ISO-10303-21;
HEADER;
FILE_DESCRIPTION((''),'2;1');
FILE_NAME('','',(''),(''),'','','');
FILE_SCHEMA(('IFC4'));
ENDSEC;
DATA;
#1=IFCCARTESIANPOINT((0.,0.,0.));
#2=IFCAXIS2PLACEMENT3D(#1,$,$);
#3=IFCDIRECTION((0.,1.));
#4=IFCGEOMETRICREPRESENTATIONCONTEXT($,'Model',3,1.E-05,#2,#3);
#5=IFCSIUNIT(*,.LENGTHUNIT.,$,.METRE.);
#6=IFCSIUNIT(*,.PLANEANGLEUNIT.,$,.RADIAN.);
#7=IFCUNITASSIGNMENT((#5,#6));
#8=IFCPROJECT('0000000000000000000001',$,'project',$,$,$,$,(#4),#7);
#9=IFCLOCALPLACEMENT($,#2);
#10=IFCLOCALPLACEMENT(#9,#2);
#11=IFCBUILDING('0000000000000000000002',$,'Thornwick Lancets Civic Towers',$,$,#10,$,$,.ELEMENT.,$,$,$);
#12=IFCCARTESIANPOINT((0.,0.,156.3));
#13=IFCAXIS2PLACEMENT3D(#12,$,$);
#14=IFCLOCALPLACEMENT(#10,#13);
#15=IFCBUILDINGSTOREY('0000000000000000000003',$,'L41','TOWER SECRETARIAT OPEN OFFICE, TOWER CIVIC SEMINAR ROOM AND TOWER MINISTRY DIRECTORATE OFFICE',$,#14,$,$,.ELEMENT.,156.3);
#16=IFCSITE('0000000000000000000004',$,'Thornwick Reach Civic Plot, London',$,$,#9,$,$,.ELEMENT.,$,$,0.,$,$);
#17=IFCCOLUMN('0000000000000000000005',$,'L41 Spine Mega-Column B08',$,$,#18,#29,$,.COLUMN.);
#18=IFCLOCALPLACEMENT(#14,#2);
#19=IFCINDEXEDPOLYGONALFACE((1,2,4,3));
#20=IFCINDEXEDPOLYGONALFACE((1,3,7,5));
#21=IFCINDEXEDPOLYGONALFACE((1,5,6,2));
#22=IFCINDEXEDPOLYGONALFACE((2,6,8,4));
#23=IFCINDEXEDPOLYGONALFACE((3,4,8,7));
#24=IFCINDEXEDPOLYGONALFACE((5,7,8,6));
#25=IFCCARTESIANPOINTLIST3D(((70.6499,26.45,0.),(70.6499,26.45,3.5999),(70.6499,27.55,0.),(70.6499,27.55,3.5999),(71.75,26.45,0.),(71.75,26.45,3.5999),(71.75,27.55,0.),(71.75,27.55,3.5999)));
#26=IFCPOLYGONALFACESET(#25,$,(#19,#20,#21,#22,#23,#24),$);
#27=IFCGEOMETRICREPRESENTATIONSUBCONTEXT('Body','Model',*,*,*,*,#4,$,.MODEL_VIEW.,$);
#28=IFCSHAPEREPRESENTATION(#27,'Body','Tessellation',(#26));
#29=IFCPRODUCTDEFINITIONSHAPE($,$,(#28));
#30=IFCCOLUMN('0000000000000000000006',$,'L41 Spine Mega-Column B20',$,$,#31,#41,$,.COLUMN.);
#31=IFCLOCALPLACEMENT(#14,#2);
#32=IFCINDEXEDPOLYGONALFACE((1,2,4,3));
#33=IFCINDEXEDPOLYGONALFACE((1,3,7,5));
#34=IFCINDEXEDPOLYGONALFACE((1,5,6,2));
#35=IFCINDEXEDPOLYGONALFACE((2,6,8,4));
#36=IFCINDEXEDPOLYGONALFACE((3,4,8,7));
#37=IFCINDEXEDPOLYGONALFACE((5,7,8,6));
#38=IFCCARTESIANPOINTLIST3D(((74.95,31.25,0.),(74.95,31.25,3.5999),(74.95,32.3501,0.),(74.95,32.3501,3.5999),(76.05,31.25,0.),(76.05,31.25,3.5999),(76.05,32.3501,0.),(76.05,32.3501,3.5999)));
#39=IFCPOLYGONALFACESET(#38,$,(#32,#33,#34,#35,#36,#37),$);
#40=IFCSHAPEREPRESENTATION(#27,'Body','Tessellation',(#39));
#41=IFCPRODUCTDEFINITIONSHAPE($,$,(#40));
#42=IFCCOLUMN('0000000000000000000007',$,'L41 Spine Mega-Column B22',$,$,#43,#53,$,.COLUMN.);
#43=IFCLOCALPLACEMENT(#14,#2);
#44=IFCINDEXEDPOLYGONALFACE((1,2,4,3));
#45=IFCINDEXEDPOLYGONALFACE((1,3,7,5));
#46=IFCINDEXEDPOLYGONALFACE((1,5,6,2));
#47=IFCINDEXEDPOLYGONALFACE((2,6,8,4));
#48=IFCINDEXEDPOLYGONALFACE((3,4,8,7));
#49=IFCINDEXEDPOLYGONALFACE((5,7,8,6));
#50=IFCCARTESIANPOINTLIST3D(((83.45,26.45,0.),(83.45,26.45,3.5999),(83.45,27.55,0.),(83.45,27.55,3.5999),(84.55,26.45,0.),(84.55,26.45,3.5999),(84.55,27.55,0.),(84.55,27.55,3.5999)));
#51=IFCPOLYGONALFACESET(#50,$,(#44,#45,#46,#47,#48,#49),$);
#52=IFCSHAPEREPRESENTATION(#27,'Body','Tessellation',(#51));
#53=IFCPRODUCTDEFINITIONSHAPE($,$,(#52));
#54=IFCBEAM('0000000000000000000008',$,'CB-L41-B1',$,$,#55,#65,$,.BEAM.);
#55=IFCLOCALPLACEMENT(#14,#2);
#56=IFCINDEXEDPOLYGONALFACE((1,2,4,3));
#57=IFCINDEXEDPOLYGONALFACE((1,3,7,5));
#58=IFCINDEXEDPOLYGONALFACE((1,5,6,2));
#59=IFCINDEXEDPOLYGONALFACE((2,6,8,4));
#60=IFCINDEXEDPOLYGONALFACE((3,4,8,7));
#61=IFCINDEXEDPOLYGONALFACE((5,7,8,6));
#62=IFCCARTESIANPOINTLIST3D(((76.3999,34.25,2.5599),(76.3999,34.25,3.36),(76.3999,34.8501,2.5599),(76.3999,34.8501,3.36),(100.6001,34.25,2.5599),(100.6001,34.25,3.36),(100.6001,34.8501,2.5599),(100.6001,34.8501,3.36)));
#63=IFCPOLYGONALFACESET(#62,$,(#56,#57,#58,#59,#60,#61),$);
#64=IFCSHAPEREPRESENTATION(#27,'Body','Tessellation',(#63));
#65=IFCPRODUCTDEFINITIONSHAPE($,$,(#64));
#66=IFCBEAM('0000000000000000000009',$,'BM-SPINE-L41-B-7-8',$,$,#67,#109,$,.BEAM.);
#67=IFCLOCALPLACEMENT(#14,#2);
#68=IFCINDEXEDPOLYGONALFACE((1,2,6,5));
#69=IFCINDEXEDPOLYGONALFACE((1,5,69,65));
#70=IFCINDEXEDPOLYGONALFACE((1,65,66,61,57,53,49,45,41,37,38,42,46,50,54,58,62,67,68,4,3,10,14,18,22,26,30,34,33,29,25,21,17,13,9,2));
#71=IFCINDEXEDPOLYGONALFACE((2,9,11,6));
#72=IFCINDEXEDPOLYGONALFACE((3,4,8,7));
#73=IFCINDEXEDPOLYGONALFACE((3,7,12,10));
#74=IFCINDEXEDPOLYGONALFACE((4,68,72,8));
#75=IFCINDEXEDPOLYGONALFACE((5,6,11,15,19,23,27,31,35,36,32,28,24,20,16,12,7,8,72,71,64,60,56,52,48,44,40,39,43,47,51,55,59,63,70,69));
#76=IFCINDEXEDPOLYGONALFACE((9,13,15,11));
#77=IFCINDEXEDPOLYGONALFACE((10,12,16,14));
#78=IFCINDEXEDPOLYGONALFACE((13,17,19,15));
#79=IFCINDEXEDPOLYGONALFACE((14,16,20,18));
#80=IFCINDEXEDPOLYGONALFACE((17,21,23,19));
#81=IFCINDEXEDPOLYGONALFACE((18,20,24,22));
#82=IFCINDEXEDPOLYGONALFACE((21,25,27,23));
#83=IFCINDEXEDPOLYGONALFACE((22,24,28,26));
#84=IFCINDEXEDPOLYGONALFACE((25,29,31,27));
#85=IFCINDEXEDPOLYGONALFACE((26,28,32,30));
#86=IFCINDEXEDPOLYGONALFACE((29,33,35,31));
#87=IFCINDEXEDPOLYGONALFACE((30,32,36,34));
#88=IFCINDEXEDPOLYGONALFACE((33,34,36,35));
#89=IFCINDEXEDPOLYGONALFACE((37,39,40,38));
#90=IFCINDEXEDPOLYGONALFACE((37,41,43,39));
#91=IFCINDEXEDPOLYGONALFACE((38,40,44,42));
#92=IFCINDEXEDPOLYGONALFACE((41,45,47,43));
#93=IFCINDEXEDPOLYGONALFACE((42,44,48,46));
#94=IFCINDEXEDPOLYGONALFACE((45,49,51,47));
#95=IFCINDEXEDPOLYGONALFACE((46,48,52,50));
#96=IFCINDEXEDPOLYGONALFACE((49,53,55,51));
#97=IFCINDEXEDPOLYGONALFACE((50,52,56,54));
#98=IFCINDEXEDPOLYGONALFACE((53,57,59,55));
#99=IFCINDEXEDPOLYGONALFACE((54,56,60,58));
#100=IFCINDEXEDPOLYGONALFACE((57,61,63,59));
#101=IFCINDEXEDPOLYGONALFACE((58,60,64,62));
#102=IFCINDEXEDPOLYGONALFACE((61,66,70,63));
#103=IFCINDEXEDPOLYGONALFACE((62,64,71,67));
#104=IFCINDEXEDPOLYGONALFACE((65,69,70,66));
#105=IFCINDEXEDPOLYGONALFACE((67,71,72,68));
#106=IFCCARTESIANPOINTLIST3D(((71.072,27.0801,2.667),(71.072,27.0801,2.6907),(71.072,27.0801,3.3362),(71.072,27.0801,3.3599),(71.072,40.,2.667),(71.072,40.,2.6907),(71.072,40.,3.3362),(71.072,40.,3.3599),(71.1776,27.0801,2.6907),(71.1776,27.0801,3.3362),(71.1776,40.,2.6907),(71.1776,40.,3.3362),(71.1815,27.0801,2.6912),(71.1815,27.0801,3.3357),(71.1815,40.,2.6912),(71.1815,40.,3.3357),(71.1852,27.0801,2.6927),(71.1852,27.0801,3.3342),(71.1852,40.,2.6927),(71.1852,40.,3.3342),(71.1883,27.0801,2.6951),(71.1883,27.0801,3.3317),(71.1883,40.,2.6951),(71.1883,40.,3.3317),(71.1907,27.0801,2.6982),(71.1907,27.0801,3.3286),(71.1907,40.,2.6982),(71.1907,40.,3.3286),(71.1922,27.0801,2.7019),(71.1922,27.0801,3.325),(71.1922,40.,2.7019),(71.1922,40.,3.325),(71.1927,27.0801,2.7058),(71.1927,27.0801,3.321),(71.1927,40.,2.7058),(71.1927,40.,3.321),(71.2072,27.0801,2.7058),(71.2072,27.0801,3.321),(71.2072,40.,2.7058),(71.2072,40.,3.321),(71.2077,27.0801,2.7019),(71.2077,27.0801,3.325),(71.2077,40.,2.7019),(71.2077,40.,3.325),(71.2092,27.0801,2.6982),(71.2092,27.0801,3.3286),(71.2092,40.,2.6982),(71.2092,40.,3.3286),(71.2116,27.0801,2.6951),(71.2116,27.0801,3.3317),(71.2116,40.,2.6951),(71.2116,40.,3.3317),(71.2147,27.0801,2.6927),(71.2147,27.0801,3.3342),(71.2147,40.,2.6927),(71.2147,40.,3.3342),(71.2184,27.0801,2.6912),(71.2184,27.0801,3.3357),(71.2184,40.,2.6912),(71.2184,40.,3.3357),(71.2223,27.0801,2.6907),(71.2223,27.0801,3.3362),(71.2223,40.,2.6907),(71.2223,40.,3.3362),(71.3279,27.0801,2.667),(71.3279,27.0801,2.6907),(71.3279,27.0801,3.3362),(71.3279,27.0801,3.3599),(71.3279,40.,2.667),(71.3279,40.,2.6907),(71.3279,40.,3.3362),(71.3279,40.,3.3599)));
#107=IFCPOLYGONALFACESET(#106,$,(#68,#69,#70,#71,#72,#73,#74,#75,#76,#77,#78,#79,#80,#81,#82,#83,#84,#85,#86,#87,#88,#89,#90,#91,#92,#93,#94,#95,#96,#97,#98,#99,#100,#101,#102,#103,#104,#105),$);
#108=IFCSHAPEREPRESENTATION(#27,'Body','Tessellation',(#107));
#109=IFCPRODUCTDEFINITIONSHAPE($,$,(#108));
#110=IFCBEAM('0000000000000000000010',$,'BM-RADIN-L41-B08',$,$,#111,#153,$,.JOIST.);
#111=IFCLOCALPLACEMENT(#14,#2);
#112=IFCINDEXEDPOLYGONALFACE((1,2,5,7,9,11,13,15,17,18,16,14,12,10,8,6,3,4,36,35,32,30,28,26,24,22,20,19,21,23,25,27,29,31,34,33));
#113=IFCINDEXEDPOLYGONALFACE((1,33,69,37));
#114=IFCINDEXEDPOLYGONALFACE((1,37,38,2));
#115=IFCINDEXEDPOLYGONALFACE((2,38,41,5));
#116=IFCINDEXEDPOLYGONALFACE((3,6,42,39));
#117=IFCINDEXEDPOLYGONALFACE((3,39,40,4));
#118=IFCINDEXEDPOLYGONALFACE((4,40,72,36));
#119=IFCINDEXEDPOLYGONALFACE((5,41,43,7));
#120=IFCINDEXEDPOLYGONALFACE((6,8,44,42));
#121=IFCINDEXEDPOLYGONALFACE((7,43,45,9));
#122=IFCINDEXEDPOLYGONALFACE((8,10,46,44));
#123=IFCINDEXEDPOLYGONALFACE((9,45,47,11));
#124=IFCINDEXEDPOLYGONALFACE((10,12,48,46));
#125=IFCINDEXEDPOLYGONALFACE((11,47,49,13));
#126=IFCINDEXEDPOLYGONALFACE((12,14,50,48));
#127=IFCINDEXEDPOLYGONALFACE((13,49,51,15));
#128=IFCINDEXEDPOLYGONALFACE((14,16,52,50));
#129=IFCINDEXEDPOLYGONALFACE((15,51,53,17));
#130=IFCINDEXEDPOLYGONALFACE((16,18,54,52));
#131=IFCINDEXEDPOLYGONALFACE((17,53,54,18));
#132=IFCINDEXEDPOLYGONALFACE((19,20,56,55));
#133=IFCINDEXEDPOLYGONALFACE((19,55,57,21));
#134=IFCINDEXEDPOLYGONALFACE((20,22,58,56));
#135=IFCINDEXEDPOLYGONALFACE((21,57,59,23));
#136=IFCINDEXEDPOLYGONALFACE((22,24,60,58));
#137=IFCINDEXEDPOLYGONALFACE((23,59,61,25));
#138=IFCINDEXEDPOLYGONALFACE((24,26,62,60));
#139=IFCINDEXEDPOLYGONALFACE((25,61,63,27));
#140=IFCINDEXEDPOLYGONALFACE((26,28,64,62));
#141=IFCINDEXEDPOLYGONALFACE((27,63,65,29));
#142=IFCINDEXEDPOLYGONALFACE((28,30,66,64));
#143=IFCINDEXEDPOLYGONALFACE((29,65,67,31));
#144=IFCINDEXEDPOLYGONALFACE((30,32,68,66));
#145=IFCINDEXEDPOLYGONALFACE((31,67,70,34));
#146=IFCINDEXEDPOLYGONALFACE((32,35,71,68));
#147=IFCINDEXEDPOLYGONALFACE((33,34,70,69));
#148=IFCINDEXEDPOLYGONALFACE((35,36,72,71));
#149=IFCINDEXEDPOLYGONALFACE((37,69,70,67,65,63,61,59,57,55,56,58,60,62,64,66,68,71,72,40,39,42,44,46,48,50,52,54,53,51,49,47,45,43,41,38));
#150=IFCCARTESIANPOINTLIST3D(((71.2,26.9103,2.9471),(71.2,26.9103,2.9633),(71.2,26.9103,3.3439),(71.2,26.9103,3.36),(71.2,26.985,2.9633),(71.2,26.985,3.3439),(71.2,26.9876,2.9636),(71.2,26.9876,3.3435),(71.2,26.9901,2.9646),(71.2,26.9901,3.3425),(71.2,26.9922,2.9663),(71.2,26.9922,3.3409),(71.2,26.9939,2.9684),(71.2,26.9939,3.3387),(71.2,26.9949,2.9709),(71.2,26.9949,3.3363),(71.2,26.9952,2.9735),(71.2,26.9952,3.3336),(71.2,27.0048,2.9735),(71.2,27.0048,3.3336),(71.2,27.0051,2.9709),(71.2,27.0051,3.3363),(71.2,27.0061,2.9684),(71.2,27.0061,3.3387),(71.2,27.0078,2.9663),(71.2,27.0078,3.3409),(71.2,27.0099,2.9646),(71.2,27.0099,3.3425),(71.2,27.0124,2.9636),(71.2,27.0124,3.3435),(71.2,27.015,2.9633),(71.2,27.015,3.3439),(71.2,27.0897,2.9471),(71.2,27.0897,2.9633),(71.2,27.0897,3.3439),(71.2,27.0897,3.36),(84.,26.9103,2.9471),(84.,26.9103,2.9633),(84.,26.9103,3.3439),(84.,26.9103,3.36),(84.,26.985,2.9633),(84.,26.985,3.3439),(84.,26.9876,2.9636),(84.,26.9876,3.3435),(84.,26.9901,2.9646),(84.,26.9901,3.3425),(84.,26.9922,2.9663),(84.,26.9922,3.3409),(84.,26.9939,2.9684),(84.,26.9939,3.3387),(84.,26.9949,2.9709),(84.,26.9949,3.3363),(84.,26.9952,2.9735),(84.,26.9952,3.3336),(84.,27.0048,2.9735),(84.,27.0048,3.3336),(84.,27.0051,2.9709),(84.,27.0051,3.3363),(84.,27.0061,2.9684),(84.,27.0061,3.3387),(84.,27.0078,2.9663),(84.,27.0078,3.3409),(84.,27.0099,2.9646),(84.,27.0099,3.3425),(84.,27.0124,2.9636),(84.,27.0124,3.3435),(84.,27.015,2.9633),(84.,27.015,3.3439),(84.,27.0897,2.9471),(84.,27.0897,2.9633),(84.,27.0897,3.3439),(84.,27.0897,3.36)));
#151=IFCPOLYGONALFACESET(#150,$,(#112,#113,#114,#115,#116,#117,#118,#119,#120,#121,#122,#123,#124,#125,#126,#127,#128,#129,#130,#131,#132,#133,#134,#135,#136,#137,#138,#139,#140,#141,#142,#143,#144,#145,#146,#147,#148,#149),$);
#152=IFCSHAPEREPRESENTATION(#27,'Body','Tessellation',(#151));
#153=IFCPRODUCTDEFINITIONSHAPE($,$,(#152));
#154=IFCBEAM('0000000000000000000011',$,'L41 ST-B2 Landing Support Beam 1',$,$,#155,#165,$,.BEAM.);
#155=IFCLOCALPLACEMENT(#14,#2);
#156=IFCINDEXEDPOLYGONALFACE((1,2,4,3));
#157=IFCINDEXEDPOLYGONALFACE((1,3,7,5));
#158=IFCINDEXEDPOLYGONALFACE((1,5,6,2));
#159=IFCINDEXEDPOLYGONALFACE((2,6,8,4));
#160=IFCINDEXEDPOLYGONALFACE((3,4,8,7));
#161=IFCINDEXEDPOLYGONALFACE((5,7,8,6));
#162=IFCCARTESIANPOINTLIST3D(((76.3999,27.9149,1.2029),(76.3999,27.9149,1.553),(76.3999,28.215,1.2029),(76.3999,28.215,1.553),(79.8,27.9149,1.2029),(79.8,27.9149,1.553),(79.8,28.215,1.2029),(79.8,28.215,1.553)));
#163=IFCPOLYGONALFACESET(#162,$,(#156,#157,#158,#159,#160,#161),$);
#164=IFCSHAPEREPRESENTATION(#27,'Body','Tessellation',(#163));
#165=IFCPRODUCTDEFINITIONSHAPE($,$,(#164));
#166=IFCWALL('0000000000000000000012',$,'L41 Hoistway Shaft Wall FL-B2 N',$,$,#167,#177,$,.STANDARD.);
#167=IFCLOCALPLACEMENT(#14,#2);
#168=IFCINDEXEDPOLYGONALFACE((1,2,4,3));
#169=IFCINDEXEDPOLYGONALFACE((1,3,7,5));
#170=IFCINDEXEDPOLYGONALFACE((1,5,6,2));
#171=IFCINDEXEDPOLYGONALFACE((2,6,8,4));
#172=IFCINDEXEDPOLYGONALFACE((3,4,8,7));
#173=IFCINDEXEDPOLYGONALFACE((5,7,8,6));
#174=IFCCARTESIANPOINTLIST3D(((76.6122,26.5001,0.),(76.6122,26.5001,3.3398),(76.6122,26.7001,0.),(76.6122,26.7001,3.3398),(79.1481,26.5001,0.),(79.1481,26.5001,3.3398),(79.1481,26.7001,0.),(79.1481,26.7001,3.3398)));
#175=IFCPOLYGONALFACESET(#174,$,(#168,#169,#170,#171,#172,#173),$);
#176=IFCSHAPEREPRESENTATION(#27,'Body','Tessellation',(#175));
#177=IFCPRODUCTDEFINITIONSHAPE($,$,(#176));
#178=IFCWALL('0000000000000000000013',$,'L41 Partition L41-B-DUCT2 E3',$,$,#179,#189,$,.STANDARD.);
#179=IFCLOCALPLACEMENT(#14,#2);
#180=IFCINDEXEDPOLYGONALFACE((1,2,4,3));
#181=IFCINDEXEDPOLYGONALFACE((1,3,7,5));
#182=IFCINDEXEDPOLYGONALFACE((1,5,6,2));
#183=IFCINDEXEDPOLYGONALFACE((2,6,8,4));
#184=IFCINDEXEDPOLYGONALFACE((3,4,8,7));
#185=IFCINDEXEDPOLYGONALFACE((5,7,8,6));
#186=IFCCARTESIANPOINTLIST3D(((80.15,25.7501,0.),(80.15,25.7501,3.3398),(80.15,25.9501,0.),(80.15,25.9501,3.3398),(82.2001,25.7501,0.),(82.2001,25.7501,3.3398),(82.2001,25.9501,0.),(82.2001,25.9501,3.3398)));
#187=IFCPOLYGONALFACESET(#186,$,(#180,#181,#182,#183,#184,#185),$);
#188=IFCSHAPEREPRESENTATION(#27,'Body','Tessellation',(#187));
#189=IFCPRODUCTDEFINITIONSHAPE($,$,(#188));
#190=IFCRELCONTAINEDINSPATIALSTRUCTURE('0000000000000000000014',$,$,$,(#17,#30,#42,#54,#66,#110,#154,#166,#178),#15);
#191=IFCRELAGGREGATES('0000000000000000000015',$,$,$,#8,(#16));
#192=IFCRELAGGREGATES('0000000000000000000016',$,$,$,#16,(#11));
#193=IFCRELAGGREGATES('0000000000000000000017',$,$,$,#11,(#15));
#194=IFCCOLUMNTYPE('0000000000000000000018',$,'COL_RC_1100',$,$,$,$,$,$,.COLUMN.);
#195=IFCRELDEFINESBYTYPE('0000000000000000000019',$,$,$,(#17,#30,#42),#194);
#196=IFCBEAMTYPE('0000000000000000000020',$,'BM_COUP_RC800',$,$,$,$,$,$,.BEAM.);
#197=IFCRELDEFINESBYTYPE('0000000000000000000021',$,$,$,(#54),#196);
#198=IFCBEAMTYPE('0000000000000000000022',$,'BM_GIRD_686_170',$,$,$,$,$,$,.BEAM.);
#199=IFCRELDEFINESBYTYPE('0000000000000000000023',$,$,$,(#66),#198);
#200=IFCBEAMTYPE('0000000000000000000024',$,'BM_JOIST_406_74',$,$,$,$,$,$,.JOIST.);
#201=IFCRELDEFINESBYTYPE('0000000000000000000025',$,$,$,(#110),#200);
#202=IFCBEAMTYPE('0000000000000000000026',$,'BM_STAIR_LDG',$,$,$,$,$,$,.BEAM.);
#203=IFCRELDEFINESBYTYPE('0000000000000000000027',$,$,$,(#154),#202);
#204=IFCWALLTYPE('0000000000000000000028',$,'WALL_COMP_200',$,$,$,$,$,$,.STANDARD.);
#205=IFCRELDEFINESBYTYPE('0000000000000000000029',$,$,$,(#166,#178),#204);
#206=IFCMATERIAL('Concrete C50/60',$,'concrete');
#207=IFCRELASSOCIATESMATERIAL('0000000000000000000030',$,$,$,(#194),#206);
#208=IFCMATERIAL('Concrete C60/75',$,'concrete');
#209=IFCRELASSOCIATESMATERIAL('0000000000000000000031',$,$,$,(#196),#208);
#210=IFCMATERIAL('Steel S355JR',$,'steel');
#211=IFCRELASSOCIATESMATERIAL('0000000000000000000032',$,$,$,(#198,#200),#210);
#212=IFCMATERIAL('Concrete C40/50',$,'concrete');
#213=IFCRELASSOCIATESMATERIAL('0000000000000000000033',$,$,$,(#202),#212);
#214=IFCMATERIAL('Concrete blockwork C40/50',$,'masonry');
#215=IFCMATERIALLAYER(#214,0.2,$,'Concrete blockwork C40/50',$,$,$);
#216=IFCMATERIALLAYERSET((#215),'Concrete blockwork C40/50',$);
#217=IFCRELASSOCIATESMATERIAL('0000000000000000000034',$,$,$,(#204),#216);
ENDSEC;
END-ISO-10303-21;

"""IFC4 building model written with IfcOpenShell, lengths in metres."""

from ifc_helpers import new_model, si_unit, direction, frame, frame_2d, origin, origin_2d, place, context, subcontext, project, spatial, rectangle, i_section, extrude, material, layer, layer_set, material_profile, profile_set, type_object, element, save


model = new_model("IFC4")

# Units and contexts
model_context = context("Model", 3, precision=1e-05, world=origin(), true_north=direction((0.0, 1.0)))
body_context = subcontext(model_context, "Body", "Model", "MODEL_VIEW")
ifc_project = project(units=[si_unit("LENGTHUNIT", "METRE"), si_unit("PLANEANGLEUNIT", "RADIAN")], contexts=[model_context])

# Site, building, storey
site_placement = place(None, origin())
site = spatial("IfcSite", under=ifc_project, at=site_placement, Name="Thornwick Reach Civic Plot, London", CompositionType="ELEMENT", RefElevation=0.0)
building_placement = place(site_placement, origin())
building = spatial("IfcBuilding", under=site, at=building_placement, Name="Thornwick Lancets Civic Towers", CompositionType="ELEMENT")
storey_placement = place(building_placement, frame((0.0, 0.0, 156.3)))
storey = spatial("IfcBuildingStorey", under=building, at=storey_placement, Name="L41", Description="TOWER SECRETARIAT OPEN OFFICE, TOWER CIVIC SEMINAR ROOM AND TOWER MINISTRY DIRECTORATE OFFICE", CompositionType="ELEMENT", Elevation=156.3)

# Columns
ifc_material_1 = material(Name="Concrete C50/60", Category="concrete")
ifc_material_profile_1 = material_profile(ifc_material_1, rectangle(XDim=1.1001, YDim=1.1001, at=origin_2d()), Name="RC 1100x1100")
ifc_profile_set_1 = profile_set([ifc_material_profile_1], Name="Concrete C50/60")
column_type = type_object("IfcColumnType", Name="COL_RC_1100", PredefinedType="COLUMN", material=ifc_profile_set_1)
for number, where, z_axis, x_axis, name in (
    (1, (71.2, 27.0, 0.0), (0.0, 0.0, 1.0), (1.0, 0.0, 0.0), "L41 Spine Mega-Column B08"),
    (2, (75.5, 31.8, 0.0), (0.0, 0.0, 1.0), (1.0, 0.0, 0.0), "L41 Spine Mega-Column B20"),
    (3, (84.0, 27.0, 0.0), (0.0, 0.0, 1.0), (1.0, 0.0, 0.0), "L41 Spine Mega-Column B22"),
):
    element("IfcColumn", number, at=place(storey_placement, frame(where, z_axis=z_axis, x_axis=x_axis)), inside=storey, type_object=column_type, Name=name, PredefinedType="COLUMN", context=body_context, shape_type="SweptSolid", body=[
        extrude(rectangle(XDim=1.1001, YDim=1.1001, at=origin_2d()), origin(), (0.0, 0.0, 1.0), 3.5999),
    ])

# Beams
ifc_material_2 = material(Name="Concrete C60/75", Category="concrete")
ifc_material_profile_2 = material_profile(ifc_material_2, rectangle(XDim=0.6001, YDim=0.8, at=origin_2d()), Name="RC 600x800")
ifc_profile_set_2 = profile_set([ifc_material_profile_2], Name="Concrete C60/75")
beam_type_1 = type_object("IfcBeamType", Name="BM_COUP_RC800", PredefinedType="BEAM", material=ifc_profile_set_2)
beam_1_placement = place(storey_placement, frame((76.3999, 34.55, 2.96), z_axis=(1.0, 0.0, 0.0), x_axis=(0.0, 1.0, 0.0)))
element("IfcBeam", 4, at=beam_1_placement, inside=storey, type_object=beam_type_1, Name="CB-L41-B1", PredefinedType="BEAM", context=body_context, shape_type="SweptSolid", body=[
    extrude(rectangle(XDim=0.6001, YDim=0.8, at=origin_2d()), origin(), (0.0, 0.0, 1.0), 24.2002),
])
ifc_material_3 = material(Name="Steel S355JR", Category="steel")
ifc_material_profile_3 = material_profile(ifc_material_3, i_section(OverallWidth=0.2559, OverallDepth=0.6929, WebThickness=0.0144, FlangeThickness=0.0237, FilletRadius=0.0151, at=origin_2d()), Name="UKB 686x254x170")
ifc_profile_set_3 = profile_set([ifc_material_profile_3], Name="Steel S355JR")
beam_type_2 = type_object("IfcBeamType", Name="BM_GIRD_686_170", PredefinedType="BEAM", material=ifc_profile_set_3)
beam_2_placement = place(storey_placement, frame((71.2, 27.0801, 3.0134), z_axis=(0.0, 1.0, 0.0), x_axis=(-1.0, 0.0, 0.0)))
element("IfcBeam", 5, at=beam_2_placement, inside=storey, type_object=beam_type_2, Name="BM-SPINE-L41-B-7-8", PredefinedType="BEAM", context=body_context, shape_type="SweptSolid", body=[
    extrude(i_section(OverallWidth=0.2559, OverallDepth=0.6929, WebThickness=0.0144, FlangeThickness=0.0237, FilletRadius=0.0151, at=origin_2d()), origin(), (0.0, 0.0, 1.0), 12.9199),
])
ifc_material_profile_4 = material_profile(ifc_material_3, i_section(OverallWidth=0.1794, OverallDepth=0.4128, WebThickness=0.0095, FlangeThickness=0.0161, FilletRadius=0.0103, at=origin_2d()), Name="UKB 406x178x74")
ifc_profile_set_4 = profile_set([ifc_material_profile_4], Name="Steel S355JR")
beam_type_3 = type_object("IfcBeamType", Name="BM_JOIST_406_74", PredefinedType="JOIST", material=ifc_profile_set_4)
beam_3_placement = place(storey_placement, frame((84.0, 27.0, 3.1536), z_axis=(-1.0, 0.0, 0.0), x_axis=(0.0, -1.0, 0.0)))
element("IfcBeam", 6, at=beam_3_placement, inside=storey, type_object=beam_type_3, Name="BM-RADIN-L41-B08", PredefinedType="JOIST", context=body_context, shape_type="SweptSolid", body=[
    extrude(i_section(OverallWidth=0.1794, OverallDepth=0.4128, WebThickness=0.0095, FlangeThickness=0.0161, FilletRadius=0.0103, at=origin_2d()), origin(), (0.0, 0.0, 1.0), 12.8),
])
ifc_material_4 = material(Name="Concrete C40/50", Category="concrete")
ifc_material_profile_5 = material_profile(ifc_material_4, rectangle(XDim=0.3, YDim=0.3501, at=origin_2d()), Name="RC 300x350")
ifc_profile_set_5 = profile_set([ifc_material_profile_5], Name="Concrete C40/50")
beam_type_4 = type_object("IfcBeamType", Name="BM_STAIR_LDG", PredefinedType="BEAM", material=ifc_profile_set_5)
beam_4_placement = place(storey_placement, frame((76.3999, 28.0649, 1.3779), z_axis=(1.0, 0.0, 0.0), x_axis=(0.0, 1.0, 0.0)))
element("IfcBeam", 7, at=beam_4_placement, inside=storey, type_object=beam_type_4, Name="L41 ST-B2 Landing Support Beam 1", PredefinedType="BEAM", context=body_context, shape_type="SweptSolid", body=[
    extrude(rectangle(XDim=0.3, YDim=0.3501, at=origin_2d()), origin(), (0.0, 0.0, 1.0), 3.4001),
])

# Walls
ifc_material_5 = material(Name="Concrete blockwork C40/50", Category="masonry")
ifc_layer_1 = layer(ifc_material_5, 0.2, Name="Concrete blockwork C40/50")
ifc_layer_set_1 = layer_set([ifc_layer_1], Name="Concrete blockwork C40/50")
wall_type_1 = type_object("IfcWallType", Name="WALL_COMP_200", PredefinedType="STANDARD", material=ifc_layer_set_1)
wall_1_placement = place(storey_placement, frame((76.6121, 26.6001, 0.0), z_axis=(0.0, 0.0, 1.0), x_axis=(1.0, 0.0, 0.0)))
element("IfcWall", 8, at=wall_1_placement, inside=storey, type_object=wall_type_1, Name="L41 Hoistway Shaft Wall FL-B2 N", PredefinedType="STANDARD", context=body_context, shape_type="SweptSolid", body=[
    extrude(rectangle(XDim=2.5359, YDim=0.2, at=frame_2d((1.2681, 0.0))), origin(), (0.0, 0.0, 1.0), 3.3398),
])
wall_2_placement = place(storey_placement, frame((82.2, 25.8501, 0.0), z_axis=(0.0, 0.0, 1.0), x_axis=(-1.0, 0.0, 0.0)))
element("IfcWall", 9, at=wall_2_placement, inside=storey, type_object=wall_type_1, Name="L41 Partition L41-B-DUCT2 E3", PredefinedType="STANDARD", context=body_context, shape_type="SweptSolid", body=[
    extrude(rectangle(XDim=2.05, YDim=0.2, at=frame_2d((1.0249, 0.0))), origin(), (0.0, 0.0, 1.0), 3.3398),
])

save(model, "model.ifc")
